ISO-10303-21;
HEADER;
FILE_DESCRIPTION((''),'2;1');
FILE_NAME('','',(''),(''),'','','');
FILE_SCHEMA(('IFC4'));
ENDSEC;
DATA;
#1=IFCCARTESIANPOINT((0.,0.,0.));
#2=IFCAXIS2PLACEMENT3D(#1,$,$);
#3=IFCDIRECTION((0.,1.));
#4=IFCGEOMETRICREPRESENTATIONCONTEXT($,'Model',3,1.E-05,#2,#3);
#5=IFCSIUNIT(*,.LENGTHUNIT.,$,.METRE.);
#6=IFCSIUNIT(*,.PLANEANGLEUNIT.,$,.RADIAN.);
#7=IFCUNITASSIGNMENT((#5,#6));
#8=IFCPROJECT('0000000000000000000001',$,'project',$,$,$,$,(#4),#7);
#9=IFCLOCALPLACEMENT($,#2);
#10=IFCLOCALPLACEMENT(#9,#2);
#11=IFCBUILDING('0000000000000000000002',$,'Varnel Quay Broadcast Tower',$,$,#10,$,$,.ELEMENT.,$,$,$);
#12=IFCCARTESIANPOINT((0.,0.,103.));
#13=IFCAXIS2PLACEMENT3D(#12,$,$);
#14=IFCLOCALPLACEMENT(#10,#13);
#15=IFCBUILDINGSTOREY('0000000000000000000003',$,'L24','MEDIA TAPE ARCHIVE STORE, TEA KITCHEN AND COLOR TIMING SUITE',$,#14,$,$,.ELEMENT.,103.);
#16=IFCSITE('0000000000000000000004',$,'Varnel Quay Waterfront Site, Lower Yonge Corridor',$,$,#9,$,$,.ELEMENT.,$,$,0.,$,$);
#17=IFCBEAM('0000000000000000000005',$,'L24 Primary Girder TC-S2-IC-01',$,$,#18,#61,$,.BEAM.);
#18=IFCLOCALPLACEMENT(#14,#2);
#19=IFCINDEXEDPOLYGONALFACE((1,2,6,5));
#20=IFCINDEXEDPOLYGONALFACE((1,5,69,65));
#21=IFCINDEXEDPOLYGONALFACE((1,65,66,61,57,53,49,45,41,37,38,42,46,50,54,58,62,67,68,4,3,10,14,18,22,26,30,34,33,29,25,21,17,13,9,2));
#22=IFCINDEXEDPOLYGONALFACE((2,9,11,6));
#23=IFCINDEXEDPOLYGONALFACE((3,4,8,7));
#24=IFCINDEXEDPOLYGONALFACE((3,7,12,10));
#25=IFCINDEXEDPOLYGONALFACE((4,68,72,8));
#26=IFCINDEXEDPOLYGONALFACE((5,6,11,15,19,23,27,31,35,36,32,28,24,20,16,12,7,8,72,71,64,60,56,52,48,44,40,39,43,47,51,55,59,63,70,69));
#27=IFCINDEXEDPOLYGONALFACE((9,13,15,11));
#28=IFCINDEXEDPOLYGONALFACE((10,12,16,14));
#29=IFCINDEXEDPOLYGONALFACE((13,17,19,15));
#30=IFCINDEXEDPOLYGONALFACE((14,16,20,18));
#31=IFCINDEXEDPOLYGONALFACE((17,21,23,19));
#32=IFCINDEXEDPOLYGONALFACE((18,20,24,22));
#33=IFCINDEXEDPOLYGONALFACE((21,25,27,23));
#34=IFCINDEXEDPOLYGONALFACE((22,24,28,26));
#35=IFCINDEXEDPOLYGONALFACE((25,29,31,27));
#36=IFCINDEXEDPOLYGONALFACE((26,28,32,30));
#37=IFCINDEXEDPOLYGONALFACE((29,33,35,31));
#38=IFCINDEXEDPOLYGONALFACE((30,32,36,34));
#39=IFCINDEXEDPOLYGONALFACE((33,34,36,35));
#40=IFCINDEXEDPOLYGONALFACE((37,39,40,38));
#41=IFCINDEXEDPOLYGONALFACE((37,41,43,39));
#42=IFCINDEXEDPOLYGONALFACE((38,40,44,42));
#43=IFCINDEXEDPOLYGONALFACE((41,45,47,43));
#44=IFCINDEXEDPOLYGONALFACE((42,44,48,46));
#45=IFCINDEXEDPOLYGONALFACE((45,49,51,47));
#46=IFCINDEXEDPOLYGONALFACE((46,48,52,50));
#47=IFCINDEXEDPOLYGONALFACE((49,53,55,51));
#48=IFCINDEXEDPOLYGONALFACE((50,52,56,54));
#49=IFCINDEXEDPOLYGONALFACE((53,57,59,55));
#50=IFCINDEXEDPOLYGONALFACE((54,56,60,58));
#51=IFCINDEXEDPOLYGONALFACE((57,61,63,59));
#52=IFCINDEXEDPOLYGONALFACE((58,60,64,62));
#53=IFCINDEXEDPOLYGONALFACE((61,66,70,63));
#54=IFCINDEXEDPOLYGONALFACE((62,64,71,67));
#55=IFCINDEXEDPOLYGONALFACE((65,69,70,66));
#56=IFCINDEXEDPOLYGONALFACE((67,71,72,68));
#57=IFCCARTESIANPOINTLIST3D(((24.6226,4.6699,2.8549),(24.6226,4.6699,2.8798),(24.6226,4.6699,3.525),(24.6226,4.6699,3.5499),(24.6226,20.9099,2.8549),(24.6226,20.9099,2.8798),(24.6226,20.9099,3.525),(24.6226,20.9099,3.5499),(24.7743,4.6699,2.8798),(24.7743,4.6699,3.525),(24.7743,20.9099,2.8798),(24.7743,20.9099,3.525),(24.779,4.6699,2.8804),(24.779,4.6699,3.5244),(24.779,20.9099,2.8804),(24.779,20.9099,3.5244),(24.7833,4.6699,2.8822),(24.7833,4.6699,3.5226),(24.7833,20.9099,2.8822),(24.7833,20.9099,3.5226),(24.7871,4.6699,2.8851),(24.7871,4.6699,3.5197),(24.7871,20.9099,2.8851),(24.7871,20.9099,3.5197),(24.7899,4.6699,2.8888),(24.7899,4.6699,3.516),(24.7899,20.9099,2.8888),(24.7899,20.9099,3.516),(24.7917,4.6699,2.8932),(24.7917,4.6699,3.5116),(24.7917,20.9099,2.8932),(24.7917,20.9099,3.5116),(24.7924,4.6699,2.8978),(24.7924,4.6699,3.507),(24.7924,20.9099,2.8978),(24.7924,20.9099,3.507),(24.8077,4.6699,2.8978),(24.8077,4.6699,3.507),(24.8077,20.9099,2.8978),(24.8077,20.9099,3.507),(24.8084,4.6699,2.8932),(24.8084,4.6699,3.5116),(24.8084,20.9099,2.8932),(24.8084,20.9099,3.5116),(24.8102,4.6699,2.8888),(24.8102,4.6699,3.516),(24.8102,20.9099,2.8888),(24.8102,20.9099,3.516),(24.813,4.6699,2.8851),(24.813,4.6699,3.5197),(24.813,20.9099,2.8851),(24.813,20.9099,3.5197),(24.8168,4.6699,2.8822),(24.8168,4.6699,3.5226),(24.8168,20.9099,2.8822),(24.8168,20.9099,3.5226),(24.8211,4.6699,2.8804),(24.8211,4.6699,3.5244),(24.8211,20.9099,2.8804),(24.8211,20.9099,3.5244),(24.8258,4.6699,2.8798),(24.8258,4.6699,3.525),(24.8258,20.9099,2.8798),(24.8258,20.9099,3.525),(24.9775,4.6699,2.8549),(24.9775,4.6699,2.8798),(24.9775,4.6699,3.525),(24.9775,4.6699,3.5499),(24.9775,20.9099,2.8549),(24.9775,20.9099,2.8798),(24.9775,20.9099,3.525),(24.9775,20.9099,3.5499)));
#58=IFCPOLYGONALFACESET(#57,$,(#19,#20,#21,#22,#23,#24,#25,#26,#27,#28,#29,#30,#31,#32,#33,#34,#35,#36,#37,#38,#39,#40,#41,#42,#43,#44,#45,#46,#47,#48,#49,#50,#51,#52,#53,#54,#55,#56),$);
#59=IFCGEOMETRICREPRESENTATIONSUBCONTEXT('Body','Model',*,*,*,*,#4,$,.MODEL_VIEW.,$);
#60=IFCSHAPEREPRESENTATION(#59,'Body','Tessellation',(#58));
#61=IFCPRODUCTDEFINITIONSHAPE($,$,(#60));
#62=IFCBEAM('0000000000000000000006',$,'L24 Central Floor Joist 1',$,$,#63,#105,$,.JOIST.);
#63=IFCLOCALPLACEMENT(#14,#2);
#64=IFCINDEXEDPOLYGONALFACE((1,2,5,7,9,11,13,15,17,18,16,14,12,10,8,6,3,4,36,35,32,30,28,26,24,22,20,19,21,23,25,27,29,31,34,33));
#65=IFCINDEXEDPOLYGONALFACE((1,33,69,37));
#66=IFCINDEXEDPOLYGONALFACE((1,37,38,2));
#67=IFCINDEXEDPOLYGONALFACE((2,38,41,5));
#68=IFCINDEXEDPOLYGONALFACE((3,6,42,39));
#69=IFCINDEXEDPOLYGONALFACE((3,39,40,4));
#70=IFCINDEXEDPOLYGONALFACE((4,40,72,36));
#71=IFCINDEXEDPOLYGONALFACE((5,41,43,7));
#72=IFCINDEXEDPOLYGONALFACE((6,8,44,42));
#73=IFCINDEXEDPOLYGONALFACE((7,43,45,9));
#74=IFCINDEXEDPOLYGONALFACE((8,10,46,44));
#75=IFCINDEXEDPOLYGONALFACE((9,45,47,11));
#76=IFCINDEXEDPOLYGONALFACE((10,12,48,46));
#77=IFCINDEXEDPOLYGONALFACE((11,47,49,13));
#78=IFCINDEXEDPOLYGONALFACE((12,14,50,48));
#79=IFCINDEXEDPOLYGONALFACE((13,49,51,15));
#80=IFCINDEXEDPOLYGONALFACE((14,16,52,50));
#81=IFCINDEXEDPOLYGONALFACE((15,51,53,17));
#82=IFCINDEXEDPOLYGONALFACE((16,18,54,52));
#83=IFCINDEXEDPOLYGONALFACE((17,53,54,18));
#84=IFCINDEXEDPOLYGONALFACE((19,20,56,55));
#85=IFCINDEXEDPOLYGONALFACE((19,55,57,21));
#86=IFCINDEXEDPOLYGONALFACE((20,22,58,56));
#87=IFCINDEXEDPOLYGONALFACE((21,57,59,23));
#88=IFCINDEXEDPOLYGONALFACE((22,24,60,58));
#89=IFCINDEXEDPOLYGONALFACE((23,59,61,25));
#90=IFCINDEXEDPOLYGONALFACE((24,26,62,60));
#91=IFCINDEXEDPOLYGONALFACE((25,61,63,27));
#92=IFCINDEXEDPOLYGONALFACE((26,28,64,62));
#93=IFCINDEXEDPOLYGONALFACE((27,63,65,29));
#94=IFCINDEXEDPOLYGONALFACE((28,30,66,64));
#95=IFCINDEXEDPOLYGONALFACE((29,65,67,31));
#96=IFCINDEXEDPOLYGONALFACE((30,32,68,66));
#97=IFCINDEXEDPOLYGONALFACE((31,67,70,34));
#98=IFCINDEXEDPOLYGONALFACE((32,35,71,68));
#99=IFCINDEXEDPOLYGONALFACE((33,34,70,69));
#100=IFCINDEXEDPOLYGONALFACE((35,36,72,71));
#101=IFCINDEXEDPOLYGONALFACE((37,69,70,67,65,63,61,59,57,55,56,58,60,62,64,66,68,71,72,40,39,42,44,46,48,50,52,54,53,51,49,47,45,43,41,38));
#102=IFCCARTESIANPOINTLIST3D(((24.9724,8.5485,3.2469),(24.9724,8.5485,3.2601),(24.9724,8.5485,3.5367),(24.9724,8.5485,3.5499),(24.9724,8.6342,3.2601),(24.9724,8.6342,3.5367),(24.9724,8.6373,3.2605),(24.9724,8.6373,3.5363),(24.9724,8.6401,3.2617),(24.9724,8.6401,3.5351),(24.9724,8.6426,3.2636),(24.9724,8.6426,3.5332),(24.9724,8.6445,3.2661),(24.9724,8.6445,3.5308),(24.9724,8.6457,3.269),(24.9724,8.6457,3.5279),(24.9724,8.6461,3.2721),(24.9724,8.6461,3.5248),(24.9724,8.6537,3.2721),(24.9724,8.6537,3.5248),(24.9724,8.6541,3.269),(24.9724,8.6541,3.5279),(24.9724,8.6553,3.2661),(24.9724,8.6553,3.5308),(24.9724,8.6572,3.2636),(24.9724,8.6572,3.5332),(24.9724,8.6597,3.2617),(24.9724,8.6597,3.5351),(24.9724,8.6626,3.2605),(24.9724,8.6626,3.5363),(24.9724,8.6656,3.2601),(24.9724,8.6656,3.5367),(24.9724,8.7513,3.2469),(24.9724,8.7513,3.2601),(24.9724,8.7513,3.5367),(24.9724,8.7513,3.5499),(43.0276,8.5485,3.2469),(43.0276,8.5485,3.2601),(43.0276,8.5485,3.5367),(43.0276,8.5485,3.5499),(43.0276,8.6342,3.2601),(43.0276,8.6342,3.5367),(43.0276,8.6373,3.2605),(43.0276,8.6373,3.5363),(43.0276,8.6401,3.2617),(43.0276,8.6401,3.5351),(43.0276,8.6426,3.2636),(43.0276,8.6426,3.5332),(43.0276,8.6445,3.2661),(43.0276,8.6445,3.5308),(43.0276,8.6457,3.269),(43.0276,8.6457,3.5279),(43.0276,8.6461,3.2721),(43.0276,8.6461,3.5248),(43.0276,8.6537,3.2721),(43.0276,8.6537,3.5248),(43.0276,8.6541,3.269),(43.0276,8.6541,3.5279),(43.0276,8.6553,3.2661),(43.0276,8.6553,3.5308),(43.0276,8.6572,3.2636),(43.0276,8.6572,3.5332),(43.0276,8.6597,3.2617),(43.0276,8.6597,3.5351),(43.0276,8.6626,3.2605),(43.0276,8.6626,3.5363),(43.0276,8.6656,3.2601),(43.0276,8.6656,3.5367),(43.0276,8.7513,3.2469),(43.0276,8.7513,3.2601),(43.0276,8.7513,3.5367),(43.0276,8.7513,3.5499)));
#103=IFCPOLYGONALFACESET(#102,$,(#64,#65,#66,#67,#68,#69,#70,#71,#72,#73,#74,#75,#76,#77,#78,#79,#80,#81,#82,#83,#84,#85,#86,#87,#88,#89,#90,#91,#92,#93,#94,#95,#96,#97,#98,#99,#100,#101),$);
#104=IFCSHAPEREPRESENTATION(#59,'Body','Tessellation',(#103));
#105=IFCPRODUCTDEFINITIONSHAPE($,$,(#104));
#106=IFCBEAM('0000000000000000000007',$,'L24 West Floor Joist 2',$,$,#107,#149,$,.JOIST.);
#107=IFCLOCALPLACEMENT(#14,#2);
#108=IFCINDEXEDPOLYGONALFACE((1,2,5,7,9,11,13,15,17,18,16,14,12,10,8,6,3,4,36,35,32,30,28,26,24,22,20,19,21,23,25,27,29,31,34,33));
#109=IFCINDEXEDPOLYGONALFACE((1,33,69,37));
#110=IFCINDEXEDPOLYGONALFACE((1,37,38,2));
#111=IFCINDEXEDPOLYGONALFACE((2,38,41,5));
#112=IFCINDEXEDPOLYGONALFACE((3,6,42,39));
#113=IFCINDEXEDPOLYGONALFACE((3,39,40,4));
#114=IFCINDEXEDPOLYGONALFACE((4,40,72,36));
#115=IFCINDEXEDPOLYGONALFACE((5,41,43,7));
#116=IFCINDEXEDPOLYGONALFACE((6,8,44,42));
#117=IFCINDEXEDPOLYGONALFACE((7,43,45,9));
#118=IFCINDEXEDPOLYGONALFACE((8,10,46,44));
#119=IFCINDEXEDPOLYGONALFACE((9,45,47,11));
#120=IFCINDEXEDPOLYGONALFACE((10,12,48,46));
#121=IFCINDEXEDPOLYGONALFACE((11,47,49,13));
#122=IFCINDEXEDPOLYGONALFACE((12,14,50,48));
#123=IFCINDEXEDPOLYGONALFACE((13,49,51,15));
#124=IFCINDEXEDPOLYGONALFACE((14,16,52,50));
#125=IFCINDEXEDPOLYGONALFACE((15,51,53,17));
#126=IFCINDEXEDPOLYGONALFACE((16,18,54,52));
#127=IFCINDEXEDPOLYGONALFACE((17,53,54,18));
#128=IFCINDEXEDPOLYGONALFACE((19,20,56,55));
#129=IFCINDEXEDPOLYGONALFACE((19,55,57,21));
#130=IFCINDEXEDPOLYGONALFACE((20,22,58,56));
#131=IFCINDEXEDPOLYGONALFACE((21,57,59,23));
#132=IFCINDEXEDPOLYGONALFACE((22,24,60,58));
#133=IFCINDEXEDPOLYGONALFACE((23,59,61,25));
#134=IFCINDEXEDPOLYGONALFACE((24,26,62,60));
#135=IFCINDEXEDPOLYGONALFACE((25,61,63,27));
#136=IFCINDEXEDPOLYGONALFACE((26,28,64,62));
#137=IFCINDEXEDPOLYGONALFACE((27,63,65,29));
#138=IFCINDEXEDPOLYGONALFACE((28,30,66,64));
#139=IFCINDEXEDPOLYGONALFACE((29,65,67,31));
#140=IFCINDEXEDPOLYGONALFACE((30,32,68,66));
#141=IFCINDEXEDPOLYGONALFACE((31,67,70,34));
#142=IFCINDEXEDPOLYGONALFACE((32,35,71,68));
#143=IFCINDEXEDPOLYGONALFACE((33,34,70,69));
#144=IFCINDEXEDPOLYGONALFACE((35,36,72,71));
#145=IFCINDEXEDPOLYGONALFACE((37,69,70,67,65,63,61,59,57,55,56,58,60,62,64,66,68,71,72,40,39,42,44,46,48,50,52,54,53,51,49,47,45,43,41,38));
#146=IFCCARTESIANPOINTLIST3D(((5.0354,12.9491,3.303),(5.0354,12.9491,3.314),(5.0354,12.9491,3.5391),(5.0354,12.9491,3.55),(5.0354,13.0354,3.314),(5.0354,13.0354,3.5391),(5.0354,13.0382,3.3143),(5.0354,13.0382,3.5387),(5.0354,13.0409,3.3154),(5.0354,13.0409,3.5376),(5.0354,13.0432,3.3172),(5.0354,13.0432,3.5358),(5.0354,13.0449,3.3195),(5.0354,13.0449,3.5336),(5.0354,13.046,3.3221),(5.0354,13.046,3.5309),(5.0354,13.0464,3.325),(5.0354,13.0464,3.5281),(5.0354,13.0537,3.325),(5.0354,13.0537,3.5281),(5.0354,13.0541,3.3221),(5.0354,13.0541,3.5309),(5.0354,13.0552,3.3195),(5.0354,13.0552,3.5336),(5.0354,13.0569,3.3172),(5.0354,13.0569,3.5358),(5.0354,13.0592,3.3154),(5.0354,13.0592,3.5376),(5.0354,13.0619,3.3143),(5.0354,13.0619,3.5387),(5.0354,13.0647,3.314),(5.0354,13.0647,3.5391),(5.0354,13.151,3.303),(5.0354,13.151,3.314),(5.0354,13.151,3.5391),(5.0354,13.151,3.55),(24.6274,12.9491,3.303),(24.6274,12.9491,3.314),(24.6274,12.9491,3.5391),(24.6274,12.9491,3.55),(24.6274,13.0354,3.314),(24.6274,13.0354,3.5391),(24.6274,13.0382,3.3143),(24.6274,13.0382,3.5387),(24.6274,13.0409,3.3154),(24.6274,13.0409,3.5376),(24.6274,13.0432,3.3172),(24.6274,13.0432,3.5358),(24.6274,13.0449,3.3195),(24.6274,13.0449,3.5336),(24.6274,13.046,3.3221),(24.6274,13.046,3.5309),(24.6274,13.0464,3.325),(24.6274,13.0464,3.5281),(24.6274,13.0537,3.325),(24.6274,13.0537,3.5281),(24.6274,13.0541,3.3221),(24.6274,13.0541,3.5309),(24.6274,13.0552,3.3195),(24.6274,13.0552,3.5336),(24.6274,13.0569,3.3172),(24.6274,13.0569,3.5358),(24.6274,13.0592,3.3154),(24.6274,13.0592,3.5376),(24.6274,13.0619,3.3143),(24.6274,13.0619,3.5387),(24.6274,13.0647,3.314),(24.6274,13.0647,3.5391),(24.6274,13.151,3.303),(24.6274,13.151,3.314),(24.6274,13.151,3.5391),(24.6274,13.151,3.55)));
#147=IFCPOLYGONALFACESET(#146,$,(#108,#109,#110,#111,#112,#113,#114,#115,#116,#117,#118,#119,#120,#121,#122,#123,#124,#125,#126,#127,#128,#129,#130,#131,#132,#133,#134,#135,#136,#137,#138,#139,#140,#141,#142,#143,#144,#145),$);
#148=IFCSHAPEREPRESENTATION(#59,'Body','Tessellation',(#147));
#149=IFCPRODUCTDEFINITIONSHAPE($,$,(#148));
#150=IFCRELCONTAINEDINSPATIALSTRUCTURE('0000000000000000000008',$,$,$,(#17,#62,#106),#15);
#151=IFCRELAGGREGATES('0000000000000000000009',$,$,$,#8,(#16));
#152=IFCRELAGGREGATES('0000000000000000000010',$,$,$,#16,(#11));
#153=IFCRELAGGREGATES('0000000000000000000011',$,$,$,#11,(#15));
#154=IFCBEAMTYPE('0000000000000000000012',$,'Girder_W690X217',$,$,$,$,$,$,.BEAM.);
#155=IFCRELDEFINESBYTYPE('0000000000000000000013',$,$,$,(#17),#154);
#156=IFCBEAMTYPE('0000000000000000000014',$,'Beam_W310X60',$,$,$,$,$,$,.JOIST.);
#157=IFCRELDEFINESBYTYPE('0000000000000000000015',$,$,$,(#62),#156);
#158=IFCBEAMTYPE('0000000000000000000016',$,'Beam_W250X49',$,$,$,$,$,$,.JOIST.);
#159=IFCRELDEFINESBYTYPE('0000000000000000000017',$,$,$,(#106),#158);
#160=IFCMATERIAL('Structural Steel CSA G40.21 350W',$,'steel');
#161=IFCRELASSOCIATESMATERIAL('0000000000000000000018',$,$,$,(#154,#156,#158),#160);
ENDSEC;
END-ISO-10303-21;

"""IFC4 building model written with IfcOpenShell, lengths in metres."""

from ifc_helpers import new_model, si_unit, direction, frame, origin, origin_2d, place, context, subcontext, project, spatial, i_section, extrude, source, transform, mapped, material, material_profile, profile_set, type_object, type_shapes, element, save


model = new_model("IFC4")

# Units and contexts
model_context = context("Model", 3, precision=1e-05, world=origin(), true_north=direction((0.0, 1.0)))
body_context = subcontext(model_context, "Body", "Model", "MODEL_VIEW")
ifc_project = project(units=[si_unit("LENGTHUNIT", "METRE"), si_unit("PLANEANGLEUNIT", "RADIAN")], contexts=[model_context])

# Site, building, storey
site_placement = place(None, origin())
site = spatial("IfcSite", under=ifc_project, at=site_placement, Name="Varnel Quay Waterfront Site, Lower Yonge Corridor", CompositionType="ELEMENT", RefElevation=0.0)
building_placement = place(site_placement, origin())
building = spatial("IfcBuilding", under=site, at=building_placement, Name="Varnel Quay Broadcast Tower", CompositionType="ELEMENT")
storey_placement = place(building_placement, frame((0.0, 0.0, 103.0)))
storey = spatial("IfcBuildingStorey", under=building, at=storey_placement, Name="L24", Description="MEDIA TAPE ARCHIVE STORE, TEA KITCHEN AND COLOR TIMING SUITE", CompositionType="ELEMENT", Elevation=103.0)

# Shared definitions
ifc_material_1 = material(Name="Structural Steel CSA G40.21 350W", Category="steel")

# Beams
ifc_material_profile_1 = material_profile(ifc_material_1, i_section(OverallWidth=0.355, OverallDepth=0.6951, WebThickness=0.0154, FlangeThickness=0.0249, FilletRadius=0.0181, at=origin_2d()), Name="W690X217")
ifc_profile_set_1 = profile_set([ifc_material_profile_1], Name="Structural Steel CSA G40.21 350W")
beam_type_1 = type_object("IfcBeamType", Name="Girder_W690X217", PredefinedType="BEAM", material=ifc_profile_set_1)
shared_shape_1 = source(origin(), body_context, "Body", "SweptSolid", [
    extrude(i_section(OverallWidth=0.355, OverallDepth=0.6951, WebThickness=0.0154, FlangeThickness=0.0249, FilletRadius=0.0181, at=origin_2d()), origin(), (0.0, 0.0, 1.0), 16.24),
])
type_shapes(beam_type_1, [shared_shape_1])
beam_1_placement = place(storey_placement, frame((24.8, 4.6699, 3.2024), z_axis=(0.0, 1.0, 0.0), x_axis=(-1.0, 0.0, 0.0)))
element("IfcBeam", 1, at=beam_1_placement, inside=storey, type_object=beam_type_1, Name="L24 Primary Girder TC-S2-IC-01", PredefinedType="BEAM", context=body_context, shape_type="MappedRepresentation", body=[
    mapped(shared_shape_1, transform((0.0, 0.0, 0.0), x_axis=(1.0, 0.0, 0.0), y_axis=(0.0, 1.0, 0.0), z_axis=(0.0, 0.0, 1.0), scale=1.0)),
])
ifc_material_profile_2 = material_profile(ifc_material_1, i_section(OverallWidth=0.2029, OverallDepth=0.303, WebThickness=0.0076, FlangeThickness=0.0132, FilletRadius=0.012, at=origin_2d()), Name="W310X60")
ifc_profile_set_2 = profile_set([ifc_material_profile_2], Name="Structural Steel CSA G40.21 350W")
beam_type_2 = type_object("IfcBeamType", Name="Beam_W310X60", PredefinedType="JOIST", material=ifc_profile_set_2)
shared_shape_2 = source(origin(), body_context, "Body", "SweptSolid", [
    extrude(i_section(OverallWidth=0.2029, OverallDepth=0.303, WebThickness=0.0076, FlangeThickness=0.0132, FilletRadius=0.012, at=origin_2d()), origin(), (0.0, 0.0, 1.0), 18.0552),
])
type_shapes(beam_type_2, [shared_shape_2])
beam_2_placement = place(storey_placement, frame((24.9724, 8.6499, 3.3984), z_axis=(1.0, 0.0, 0.0), x_axis=(0.0, 1.0, 0.0)))
element("IfcBeam", 2, at=beam_2_placement, inside=storey, type_object=beam_type_2, Name="L24 Central Floor Joist 1", PredefinedType="JOIST", context=body_context, shape_type="MappedRepresentation", body=[
    mapped(shared_shape_2, transform((0.0, 0.0, 0.0), x_axis=(1.0, 0.0, 0.0), y_axis=(0.0, 1.0, 0.0), z_axis=(0.0, 0.0, 1.0), scale=1.0)),
])
ifc_material_profile_3 = material_profile(ifc_material_1, i_section(OverallWidth=0.2019, OverallDepth=0.2471, WebThickness=0.0073, FlangeThickness=0.011, FilletRadius=0.011, at=origin_2d()), Name="W250X49")
ifc_profile_set_3 = profile_set([ifc_material_profile_3], Name="Structural Steel CSA G40.21 350W")
beam_type_3 = type_object("IfcBeamType", Name="Beam_W250X49", PredefinedType="JOIST", material=ifc_profile_set_3)
shared_shape_3 = source(origin(), body_context, "Body", "SweptSolid", [
    extrude(i_section(OverallWidth=0.2019, OverallDepth=0.2471, WebThickness=0.0073, FlangeThickness=0.011, FilletRadius=0.011, at=origin_2d()), origin(), (0.0, 0.0, 1.0), 19.592),
])
beam_3_placement = place(storey_placement, frame((5.0354, 13.05, 3.4265), z_axis=(1.0, 0.0, 0.0), x_axis=(0.0, 1.0, 0.0)))
element("IfcBeam", 3, at=beam_3_placement, inside=storey, type_object=beam_type_3, Name="L24 West Floor Joist 2", PredefinedType="JOIST", context=body_context, shape_type="MappedRepresentation", body=[
    mapped(shared_shape_3, transform((0.0, 0.0, 0.0), x_axis=(1.0, 0.0, 0.0), y_axis=(0.0, 1.0, 0.0), z_axis=(0.0, 0.0, 1.0), scale=1.0)),
])

save(model, "model.ifc")
